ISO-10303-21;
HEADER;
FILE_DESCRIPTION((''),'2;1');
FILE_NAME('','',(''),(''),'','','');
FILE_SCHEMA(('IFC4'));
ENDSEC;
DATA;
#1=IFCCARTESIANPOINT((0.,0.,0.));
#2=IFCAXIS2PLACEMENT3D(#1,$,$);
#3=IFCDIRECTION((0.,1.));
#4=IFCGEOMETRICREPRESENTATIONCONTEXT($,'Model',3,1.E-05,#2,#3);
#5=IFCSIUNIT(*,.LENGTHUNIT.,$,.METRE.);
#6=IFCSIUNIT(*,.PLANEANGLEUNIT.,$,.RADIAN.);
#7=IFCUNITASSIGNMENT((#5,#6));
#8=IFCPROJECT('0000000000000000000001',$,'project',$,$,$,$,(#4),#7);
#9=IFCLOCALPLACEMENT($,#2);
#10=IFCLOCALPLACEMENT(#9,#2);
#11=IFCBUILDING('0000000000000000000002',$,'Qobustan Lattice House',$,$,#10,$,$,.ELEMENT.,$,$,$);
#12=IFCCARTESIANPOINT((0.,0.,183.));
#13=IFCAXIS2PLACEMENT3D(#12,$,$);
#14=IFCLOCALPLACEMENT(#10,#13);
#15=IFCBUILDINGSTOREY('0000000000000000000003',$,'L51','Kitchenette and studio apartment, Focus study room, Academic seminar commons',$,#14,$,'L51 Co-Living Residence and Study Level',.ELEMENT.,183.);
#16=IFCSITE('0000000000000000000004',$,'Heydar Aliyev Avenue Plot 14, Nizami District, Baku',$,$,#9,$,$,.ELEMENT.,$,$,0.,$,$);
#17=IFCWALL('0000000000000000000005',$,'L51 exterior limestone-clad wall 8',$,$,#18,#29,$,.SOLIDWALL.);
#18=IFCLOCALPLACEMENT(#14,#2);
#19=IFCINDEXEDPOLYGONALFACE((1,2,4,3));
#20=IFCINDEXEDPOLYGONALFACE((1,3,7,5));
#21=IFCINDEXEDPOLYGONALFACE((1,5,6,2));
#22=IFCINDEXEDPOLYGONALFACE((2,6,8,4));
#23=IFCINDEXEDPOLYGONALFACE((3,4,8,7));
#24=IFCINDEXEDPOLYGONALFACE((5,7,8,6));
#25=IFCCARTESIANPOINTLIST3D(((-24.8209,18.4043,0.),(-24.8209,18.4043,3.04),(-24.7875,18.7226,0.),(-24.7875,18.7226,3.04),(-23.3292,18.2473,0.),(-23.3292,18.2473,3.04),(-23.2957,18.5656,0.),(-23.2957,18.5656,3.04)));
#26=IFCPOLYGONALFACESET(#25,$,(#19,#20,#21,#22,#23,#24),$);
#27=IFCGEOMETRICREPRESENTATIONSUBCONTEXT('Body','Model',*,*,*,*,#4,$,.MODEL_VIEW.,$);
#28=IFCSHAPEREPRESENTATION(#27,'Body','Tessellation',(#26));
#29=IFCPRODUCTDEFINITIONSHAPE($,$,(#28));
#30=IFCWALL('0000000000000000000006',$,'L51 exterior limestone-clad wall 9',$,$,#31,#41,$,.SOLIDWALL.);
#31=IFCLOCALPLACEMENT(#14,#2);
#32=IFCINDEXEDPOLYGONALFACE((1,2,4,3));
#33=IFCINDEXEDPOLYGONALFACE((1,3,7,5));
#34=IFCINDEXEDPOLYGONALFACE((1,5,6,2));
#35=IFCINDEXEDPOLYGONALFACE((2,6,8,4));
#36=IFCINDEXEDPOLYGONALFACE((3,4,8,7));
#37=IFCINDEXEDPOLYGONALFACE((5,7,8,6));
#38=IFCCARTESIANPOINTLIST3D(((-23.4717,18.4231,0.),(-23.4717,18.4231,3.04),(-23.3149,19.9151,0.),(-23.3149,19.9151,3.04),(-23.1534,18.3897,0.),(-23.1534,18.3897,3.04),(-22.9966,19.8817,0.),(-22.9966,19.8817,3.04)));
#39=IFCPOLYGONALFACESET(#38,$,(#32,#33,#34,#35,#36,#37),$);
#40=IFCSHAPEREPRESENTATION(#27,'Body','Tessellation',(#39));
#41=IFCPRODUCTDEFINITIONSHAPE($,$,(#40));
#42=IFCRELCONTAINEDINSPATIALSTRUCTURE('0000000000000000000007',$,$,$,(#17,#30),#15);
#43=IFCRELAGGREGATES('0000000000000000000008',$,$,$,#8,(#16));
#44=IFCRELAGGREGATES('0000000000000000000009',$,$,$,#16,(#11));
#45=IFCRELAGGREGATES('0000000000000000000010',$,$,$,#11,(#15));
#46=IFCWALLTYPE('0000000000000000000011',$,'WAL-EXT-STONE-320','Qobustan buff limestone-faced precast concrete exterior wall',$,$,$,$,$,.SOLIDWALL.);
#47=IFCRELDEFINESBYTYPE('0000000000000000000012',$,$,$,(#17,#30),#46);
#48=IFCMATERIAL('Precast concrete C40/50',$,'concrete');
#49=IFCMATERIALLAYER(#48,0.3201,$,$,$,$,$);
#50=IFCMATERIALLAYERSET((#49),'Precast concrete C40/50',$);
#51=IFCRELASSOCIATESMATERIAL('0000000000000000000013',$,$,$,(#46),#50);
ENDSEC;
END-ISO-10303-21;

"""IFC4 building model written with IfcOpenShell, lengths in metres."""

from ifc_helpers import new_model, si_unit, direction, frame, frame_2d, origin, place, context, subcontext, project, spatial, rectangle, extrude, material, layer, layer_set, type_object, element, save


model = new_model("IFC4")

# Units and contexts
model_context = context("Model", 3, precision=1e-05, world=origin(), true_north=direction((0.0, 1.0)))
body_context = subcontext(model_context, "Body", "Model", "MODEL_VIEW")
ifc_project = project(units=[si_unit("LENGTHUNIT", "METRE"), si_unit("PLANEANGLEUNIT", "RADIAN")], contexts=[model_context])

# Site, building, storey
site_placement = place(None, origin())
site = spatial("IfcSite", under=ifc_project, at=site_placement, Name="Heydar Aliyev Avenue Plot 14, Nizami District, Baku", CompositionType="ELEMENT", RefElevation=0.0)
building_placement = place(site_placement, origin())
building = spatial("IfcBuilding", under=site, at=building_placement, Name="Qobustan Lattice House", CompositionType="ELEMENT")
storey_placement = place(building_placement, frame((0.0, 0.0, 183.0)))
storey = spatial("IfcBuildingStorey", under=building, at=storey_placement, Name="L51", Description="Kitchenette and studio apartment, Focus study room, Academic seminar commons", LongName="L51 Co-Living Residence and Study Level", CompositionType="ELEMENT", Elevation=183.0)

# Walls
ifc_material_1 = material(Name="Precast concrete C40/50", Category="concrete")
ifc_layer_1 = layer(ifc_material_1, 0.3201)
ifc_layer_set_1 = layer_set([ifc_layer_1], Name="Precast concrete C40/50")
wall_type_1 = type_object("IfcWallType", Name="WAL-EXT-STONE-320", Description="Qobustan buff limestone-faced precast concrete exterior wall", PredefinedType="SOLIDWALL", material=ifc_layer_set_1)
wall_1_placement = place(storey_placement, frame((-24.8042, 18.5635, 0.0), z_axis=(0.0, 0.0, 1.0), x_axis=(0.994508, -0.104659, 0.0)))
element("IfcWall", 1, at=wall_1_placement, inside=storey, type_object=wall_type_1, Name="L51 exterior limestone-clad wall 8", PredefinedType="SOLIDWALL", context=body_context, shape_type="SweptSolid", body=[
    extrude(rectangle(XDim=1.5, YDim=0.3201, at=frame_2d((0.75, 0.0))), origin(), (0.0, 0.0, 1.0), 3.04),
])
wall_2_placement = place(storey_placement, frame((-23.3125, 18.4065, 0.0), z_axis=(0.0, 0.0, 1.0), x_axis=(0.104481, 0.994527, 0.0)))
element("IfcWall", 2, at=wall_2_placement, inside=storey, type_object=wall_type_1, Name="L51 exterior limestone-clad wall 9", PredefinedType="SOLIDWALL", context=body_context, shape_type="SweptSolid", body=[
    extrude(rectangle(XDim=1.5002, YDim=0.3201, at=frame_2d((0.75, 0.0))), origin(), (0.0, 0.0, 1.0), 3.04),
])

save(model, "model.ifc")
